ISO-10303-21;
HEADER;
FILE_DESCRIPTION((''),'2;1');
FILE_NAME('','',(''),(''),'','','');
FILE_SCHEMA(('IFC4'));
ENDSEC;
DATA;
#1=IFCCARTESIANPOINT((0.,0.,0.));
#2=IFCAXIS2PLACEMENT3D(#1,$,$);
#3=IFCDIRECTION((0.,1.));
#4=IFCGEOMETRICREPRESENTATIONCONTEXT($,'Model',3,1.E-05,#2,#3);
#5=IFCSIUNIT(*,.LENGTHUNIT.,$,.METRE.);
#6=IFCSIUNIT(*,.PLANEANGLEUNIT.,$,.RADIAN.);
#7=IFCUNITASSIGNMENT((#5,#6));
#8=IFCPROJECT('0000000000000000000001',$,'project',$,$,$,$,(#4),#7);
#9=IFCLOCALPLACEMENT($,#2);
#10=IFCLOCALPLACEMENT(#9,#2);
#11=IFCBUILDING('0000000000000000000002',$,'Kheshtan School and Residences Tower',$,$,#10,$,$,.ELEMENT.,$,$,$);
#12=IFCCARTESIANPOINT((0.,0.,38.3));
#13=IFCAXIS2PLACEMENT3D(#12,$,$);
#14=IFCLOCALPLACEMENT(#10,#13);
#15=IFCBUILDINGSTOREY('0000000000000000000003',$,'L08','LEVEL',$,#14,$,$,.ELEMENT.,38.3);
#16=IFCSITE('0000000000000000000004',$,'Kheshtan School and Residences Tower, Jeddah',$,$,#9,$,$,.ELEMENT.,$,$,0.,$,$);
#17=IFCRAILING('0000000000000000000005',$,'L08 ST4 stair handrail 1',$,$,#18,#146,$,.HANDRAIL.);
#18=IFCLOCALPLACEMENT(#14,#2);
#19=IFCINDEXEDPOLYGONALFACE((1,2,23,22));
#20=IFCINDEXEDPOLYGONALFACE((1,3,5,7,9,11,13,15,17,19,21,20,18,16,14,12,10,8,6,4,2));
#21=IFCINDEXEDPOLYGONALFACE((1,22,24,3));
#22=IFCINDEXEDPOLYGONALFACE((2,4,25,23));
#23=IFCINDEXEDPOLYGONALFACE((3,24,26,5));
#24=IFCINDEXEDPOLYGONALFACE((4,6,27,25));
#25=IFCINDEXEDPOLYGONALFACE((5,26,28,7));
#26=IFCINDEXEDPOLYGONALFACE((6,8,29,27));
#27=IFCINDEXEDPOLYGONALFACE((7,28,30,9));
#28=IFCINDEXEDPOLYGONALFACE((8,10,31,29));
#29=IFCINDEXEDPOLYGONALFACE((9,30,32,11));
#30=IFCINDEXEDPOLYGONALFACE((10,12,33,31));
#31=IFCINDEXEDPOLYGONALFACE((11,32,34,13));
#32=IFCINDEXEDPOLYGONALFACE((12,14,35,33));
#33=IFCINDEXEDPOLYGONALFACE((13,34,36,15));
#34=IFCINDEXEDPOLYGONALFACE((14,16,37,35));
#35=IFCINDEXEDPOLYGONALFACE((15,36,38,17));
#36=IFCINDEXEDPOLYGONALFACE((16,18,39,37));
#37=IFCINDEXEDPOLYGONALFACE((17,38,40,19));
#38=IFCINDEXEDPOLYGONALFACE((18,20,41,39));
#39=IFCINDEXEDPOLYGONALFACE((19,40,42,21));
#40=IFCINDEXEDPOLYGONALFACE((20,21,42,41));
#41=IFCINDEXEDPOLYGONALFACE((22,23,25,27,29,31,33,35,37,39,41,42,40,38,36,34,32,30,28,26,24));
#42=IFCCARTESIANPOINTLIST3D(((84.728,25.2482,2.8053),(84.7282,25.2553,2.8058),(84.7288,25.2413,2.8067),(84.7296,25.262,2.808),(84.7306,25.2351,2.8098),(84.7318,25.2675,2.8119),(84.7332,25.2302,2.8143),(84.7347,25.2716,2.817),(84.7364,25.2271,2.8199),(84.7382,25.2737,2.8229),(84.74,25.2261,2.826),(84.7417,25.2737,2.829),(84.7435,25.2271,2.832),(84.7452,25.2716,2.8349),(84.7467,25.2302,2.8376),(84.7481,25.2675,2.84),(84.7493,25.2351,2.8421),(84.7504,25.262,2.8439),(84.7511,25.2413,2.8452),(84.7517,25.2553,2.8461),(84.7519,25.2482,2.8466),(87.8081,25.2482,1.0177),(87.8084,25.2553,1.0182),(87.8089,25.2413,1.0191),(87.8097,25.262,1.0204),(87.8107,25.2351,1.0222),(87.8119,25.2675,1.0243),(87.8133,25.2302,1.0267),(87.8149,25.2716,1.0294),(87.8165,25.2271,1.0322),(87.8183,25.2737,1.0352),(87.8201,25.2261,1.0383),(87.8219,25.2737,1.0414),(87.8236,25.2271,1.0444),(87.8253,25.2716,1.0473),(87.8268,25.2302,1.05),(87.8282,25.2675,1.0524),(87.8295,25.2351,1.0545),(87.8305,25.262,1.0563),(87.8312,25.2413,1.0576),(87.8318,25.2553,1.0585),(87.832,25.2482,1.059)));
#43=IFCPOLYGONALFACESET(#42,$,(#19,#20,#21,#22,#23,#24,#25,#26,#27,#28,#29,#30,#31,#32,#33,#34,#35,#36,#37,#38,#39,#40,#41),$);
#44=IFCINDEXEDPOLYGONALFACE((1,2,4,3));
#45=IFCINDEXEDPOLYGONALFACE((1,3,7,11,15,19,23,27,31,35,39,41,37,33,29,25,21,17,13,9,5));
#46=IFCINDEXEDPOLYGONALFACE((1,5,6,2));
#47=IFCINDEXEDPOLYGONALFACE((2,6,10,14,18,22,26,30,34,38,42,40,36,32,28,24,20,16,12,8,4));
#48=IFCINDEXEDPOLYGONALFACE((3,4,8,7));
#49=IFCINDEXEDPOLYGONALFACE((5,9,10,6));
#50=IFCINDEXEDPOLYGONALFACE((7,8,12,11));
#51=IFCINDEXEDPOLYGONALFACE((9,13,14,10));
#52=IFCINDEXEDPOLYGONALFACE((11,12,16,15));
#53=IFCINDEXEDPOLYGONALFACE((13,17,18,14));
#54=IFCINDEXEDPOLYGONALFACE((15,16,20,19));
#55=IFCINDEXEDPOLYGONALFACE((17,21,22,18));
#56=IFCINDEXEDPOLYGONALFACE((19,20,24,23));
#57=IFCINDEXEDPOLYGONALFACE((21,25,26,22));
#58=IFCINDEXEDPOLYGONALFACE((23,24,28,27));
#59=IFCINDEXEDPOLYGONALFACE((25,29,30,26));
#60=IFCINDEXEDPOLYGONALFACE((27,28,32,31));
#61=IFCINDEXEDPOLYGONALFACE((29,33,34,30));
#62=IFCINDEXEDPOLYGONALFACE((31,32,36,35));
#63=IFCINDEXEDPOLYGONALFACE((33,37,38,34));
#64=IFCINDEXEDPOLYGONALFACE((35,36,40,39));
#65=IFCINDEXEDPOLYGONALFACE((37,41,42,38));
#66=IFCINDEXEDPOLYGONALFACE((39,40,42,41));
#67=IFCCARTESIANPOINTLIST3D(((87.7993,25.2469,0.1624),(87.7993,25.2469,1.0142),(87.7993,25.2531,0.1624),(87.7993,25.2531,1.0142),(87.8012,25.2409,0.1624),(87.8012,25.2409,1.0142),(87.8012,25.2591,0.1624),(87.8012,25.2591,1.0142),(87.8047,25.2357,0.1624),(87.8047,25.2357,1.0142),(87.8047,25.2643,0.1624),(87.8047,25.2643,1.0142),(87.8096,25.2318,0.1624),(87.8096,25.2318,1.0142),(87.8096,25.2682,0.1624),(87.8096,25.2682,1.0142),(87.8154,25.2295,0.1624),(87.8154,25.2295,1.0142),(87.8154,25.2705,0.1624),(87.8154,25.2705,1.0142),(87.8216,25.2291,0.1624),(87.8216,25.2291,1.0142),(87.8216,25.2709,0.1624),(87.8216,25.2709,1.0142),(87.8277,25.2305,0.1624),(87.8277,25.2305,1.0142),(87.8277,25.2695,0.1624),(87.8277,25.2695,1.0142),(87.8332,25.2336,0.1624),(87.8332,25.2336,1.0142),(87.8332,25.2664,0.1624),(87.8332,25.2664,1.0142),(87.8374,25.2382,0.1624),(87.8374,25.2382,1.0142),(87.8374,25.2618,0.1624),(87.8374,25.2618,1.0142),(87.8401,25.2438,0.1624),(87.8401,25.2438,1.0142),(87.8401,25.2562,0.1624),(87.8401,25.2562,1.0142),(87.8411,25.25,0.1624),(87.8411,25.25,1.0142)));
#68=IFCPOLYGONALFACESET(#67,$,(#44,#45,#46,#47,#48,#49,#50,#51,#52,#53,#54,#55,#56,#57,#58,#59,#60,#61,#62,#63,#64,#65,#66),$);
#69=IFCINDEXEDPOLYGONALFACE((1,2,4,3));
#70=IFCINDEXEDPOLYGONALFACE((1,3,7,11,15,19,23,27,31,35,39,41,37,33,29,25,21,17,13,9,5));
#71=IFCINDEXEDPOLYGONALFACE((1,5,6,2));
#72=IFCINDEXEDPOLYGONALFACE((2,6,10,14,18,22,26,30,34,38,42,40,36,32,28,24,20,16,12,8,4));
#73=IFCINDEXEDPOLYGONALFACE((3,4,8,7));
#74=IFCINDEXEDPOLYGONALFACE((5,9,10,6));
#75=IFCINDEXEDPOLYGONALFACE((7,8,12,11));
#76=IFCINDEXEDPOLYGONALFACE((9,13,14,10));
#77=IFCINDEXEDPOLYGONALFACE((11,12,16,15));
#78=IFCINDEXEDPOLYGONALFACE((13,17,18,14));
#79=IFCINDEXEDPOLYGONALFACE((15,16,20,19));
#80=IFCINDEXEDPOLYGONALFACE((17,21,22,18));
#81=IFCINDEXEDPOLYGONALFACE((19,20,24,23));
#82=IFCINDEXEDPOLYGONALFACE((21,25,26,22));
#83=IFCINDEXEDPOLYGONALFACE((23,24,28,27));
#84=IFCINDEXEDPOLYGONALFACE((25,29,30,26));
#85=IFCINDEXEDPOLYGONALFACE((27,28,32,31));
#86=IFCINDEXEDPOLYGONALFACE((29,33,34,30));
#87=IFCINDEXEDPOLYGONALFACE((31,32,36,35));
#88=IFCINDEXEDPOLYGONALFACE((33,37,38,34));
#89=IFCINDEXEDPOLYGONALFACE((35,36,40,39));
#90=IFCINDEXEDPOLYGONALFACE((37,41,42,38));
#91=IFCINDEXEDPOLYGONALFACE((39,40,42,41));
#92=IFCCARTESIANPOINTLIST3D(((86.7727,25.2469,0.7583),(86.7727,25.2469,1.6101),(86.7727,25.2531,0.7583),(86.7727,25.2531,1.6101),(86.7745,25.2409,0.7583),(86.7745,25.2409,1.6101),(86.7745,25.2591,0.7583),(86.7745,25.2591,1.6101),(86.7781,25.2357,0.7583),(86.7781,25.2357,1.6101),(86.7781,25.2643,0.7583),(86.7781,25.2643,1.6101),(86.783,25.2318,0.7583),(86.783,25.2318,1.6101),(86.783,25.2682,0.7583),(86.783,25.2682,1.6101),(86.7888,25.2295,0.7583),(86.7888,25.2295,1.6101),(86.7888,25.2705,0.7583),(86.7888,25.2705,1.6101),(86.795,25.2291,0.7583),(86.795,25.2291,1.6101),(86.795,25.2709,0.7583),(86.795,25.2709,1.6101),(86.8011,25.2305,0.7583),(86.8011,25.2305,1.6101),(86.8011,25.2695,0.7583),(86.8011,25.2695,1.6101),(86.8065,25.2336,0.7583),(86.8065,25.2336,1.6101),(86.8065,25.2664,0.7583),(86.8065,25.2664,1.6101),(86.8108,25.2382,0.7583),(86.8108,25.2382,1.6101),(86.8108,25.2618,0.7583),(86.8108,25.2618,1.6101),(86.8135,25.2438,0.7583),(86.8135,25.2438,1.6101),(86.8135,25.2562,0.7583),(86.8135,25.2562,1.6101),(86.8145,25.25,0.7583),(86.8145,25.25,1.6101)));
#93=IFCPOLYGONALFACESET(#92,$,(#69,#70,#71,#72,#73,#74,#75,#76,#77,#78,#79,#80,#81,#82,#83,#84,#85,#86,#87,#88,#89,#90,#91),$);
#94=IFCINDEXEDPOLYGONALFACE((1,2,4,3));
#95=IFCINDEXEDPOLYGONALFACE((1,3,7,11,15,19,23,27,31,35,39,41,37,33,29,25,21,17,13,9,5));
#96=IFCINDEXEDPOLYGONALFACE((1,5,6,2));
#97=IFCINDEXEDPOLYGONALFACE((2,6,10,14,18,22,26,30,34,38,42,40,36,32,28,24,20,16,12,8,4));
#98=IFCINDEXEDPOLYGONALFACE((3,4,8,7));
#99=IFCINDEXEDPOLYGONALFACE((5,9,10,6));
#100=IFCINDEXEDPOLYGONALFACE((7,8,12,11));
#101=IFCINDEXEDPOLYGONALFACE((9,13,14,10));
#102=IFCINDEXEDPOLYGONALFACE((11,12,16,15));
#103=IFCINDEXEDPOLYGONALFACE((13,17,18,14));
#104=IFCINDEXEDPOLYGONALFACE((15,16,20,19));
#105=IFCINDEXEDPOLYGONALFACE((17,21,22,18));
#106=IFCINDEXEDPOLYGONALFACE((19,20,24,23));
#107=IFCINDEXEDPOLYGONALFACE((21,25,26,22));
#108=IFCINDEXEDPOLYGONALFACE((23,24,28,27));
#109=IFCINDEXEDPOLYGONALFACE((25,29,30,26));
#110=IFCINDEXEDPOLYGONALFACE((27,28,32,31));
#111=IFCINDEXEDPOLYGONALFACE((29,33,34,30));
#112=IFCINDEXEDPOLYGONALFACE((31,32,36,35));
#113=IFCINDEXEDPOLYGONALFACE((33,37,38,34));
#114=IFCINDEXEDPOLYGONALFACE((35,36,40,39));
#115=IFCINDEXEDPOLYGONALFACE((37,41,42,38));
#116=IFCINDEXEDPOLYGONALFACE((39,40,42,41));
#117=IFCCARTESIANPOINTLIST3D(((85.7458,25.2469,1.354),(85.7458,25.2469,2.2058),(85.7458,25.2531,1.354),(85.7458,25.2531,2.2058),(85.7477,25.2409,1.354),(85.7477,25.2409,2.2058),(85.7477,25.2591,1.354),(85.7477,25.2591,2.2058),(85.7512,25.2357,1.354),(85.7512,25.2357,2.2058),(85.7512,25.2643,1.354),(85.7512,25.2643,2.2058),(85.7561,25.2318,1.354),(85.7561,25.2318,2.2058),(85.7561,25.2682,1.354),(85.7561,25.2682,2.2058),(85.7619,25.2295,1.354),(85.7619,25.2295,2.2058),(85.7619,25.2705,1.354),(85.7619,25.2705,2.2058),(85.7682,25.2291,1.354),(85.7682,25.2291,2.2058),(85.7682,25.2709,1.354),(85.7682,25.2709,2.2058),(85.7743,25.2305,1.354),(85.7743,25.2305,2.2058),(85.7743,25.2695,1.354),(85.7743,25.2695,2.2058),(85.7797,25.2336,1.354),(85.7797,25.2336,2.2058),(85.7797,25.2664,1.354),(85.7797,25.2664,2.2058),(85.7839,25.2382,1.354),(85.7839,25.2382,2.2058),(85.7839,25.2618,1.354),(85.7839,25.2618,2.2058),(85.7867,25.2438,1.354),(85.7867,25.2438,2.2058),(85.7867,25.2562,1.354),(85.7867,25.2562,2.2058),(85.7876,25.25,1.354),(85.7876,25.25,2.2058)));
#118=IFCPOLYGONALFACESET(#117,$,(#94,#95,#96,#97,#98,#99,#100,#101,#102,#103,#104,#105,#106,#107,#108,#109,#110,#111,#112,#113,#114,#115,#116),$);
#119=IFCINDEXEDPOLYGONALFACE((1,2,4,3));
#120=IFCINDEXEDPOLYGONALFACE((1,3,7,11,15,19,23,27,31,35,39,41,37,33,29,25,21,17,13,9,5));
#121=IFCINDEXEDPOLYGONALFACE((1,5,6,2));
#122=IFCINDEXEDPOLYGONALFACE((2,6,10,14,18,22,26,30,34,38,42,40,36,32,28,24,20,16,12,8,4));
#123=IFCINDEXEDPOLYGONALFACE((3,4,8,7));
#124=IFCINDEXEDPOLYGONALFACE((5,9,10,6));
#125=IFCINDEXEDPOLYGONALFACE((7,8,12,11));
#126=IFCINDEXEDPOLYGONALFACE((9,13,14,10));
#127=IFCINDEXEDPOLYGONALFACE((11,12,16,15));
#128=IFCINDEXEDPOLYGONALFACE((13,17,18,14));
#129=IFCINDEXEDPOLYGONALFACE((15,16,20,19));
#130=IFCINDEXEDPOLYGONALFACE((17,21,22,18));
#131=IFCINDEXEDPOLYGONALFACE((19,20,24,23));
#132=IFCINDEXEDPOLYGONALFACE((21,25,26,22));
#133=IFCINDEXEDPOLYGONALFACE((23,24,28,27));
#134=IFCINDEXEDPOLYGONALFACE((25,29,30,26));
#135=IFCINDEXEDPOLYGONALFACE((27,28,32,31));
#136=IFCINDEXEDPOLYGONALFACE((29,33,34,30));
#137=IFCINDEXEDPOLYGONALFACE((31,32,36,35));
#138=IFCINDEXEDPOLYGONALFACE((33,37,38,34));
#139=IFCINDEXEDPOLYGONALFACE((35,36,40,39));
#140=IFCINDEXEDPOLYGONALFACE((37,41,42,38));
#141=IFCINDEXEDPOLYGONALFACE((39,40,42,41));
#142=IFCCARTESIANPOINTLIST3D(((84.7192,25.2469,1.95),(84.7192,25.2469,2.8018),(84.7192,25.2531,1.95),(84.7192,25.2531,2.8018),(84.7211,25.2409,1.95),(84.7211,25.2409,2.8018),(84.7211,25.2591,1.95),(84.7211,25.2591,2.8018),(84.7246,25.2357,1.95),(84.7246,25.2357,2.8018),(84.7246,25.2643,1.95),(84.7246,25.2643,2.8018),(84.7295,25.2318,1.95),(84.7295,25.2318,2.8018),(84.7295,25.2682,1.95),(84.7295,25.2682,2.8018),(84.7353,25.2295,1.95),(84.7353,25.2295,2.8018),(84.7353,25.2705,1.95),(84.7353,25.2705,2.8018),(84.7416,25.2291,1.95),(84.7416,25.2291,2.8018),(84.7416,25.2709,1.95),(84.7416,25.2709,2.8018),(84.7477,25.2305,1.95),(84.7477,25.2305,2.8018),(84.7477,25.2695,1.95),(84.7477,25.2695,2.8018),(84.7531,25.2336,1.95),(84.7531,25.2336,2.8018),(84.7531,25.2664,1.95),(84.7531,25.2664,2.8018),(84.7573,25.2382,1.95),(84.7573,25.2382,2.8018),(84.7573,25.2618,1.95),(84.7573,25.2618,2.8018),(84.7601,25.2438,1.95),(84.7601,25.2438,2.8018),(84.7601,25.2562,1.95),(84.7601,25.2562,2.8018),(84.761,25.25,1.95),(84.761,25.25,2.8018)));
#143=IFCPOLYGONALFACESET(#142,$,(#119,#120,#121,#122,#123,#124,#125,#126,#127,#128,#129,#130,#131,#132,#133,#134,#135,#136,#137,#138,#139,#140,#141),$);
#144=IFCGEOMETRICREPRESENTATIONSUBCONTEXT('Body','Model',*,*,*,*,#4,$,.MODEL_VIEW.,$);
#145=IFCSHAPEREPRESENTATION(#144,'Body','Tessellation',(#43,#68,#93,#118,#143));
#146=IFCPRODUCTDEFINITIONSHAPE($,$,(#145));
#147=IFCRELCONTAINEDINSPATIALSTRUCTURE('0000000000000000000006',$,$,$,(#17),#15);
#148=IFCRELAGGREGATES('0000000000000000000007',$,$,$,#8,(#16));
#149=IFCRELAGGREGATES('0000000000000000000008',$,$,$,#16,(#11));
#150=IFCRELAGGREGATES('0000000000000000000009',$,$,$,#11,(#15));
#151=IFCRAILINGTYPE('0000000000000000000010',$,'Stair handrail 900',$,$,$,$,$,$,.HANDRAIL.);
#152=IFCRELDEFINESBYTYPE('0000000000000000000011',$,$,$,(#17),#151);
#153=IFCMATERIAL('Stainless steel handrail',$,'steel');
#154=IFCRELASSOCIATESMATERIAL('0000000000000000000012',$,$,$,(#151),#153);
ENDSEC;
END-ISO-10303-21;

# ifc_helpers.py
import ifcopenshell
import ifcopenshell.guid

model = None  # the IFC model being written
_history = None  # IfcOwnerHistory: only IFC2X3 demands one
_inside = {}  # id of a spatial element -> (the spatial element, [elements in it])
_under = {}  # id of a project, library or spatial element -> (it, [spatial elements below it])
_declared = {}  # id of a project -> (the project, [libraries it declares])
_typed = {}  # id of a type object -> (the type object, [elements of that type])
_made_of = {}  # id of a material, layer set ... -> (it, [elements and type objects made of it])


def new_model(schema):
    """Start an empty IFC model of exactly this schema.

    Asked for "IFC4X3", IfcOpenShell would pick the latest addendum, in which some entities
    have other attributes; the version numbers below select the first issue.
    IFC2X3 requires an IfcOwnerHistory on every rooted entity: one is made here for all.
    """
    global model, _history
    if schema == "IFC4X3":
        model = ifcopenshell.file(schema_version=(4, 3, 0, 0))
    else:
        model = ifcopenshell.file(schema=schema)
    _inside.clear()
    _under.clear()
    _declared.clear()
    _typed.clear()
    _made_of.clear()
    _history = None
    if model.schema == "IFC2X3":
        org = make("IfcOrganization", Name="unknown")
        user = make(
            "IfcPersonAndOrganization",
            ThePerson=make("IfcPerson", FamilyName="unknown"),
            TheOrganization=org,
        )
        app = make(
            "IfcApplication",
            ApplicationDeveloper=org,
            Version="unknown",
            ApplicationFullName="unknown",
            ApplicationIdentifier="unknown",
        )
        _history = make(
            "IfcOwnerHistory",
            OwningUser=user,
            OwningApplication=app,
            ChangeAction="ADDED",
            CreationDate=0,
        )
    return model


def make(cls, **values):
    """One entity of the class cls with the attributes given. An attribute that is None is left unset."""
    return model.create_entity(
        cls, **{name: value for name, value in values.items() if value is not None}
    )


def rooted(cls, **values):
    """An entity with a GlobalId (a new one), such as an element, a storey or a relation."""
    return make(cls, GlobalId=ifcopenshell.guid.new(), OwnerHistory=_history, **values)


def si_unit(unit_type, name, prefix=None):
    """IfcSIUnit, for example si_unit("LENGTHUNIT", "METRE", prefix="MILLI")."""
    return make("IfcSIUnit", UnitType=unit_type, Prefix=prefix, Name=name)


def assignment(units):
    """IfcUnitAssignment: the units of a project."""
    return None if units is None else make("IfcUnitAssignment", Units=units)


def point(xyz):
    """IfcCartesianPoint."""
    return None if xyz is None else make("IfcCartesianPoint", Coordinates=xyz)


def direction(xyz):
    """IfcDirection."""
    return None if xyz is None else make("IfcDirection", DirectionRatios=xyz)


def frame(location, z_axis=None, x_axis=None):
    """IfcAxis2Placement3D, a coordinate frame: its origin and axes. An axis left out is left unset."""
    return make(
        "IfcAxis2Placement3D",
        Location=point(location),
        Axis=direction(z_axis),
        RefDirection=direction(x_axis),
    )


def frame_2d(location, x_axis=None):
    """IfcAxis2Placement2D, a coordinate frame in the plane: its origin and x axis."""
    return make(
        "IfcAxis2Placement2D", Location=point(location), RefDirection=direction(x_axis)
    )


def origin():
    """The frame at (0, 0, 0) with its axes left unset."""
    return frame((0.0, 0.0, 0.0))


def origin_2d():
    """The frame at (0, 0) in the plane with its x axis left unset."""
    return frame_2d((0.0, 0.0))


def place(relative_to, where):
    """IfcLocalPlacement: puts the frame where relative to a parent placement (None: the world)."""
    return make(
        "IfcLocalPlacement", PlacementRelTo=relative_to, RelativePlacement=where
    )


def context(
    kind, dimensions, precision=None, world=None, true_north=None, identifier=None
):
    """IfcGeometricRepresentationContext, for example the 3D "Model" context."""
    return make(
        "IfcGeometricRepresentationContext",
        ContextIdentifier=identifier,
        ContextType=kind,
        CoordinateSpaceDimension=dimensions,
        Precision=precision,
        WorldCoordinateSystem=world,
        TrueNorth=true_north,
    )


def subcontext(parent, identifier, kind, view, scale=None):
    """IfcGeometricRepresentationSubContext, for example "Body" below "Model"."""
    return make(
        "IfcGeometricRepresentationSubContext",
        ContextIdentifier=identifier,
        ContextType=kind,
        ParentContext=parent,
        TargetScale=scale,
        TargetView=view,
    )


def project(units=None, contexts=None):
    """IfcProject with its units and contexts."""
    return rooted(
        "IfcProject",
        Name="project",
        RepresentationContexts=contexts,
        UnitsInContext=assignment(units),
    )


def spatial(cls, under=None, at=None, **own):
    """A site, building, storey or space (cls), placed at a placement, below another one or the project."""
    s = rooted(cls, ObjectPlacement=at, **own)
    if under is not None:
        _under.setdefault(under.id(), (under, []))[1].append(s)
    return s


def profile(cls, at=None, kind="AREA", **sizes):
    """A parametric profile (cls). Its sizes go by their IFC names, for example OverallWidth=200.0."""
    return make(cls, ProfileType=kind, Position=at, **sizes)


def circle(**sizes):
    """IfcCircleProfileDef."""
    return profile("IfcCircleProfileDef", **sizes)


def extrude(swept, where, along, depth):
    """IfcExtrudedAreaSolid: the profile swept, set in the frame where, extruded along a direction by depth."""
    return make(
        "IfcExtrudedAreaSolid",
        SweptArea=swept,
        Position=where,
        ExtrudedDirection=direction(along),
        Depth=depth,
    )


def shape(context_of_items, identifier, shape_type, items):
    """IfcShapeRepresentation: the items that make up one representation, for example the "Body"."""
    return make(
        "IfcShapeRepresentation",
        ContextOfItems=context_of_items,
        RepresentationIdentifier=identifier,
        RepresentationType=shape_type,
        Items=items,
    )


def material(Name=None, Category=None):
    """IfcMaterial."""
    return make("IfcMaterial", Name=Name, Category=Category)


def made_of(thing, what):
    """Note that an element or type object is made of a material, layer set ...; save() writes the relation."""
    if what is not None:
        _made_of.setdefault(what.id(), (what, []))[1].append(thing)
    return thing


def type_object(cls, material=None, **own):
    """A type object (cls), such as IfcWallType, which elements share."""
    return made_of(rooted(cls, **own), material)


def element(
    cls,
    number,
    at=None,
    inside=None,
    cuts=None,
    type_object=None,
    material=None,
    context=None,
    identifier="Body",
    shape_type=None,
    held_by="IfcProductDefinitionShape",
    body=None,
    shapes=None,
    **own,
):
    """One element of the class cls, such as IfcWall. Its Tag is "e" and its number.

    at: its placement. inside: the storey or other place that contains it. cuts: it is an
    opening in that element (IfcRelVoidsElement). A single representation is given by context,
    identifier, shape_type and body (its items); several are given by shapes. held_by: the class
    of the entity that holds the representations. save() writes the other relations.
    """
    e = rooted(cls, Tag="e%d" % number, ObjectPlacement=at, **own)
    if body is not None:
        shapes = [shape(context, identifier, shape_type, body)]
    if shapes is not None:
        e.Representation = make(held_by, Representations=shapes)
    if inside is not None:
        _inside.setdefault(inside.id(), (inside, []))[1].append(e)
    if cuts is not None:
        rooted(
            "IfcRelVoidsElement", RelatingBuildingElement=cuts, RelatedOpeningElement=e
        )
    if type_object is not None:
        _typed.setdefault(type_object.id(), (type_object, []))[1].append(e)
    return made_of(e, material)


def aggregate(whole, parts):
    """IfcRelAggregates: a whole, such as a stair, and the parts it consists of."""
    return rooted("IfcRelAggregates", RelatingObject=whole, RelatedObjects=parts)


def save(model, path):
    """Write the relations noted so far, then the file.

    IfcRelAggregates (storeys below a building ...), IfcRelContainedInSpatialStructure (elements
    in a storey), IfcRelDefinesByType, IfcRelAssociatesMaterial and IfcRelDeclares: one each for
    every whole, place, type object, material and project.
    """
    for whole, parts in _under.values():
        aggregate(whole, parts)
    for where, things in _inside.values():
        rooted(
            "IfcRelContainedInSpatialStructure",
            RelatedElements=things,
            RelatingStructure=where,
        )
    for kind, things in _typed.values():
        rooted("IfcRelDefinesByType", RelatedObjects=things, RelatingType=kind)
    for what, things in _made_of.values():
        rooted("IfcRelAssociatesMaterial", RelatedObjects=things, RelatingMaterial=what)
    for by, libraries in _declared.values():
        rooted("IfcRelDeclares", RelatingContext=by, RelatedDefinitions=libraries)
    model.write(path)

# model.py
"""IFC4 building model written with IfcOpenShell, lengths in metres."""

from ifc_helpers import new_model, si_unit, direction, frame, origin, origin_2d, place, context, subcontext, project, spatial, circle, extrude, material, type_object, element, save


model = new_model("IFC4")

# Units and contexts
model_context = context("Model", 3, precision=1e-05, world=origin(), true_north=direction((0.0, 1.0)))
body_context = subcontext(model_context, "Body", "Model", "MODEL_VIEW")
ifc_project = project(units=[si_unit("LENGTHUNIT", "METRE"), si_unit("PLANEANGLEUNIT", "RADIAN")], contexts=[model_context])

# Site, building, storey
site_placement = place(None, origin())
site = spatial("IfcSite", under=ifc_project, at=site_placement, Name="Kheshtan School and Residences Tower, Jeddah", CompositionType="ELEMENT", RefElevation=0.0)
building_placement = place(site_placement, origin())
building = spatial("IfcBuilding", under=site, at=building_placement, Name="Kheshtan School and Residences Tower", CompositionType="ELEMENT")
storey_placement = place(building_placement, frame((0.0, 0.0, 38.3)))
storey = spatial("IfcBuildingStorey", under=building, at=storey_placement, Name="L08", Description="LEVEL", CompositionType="ELEMENT", Elevation=38.3)

# Railing
ifc_material_1 = material(Name="Stainless steel handrail", Category="steel")
railing_type_1 = type_object("IfcRailingType", Name="Stair handrail 900", PredefinedType="HANDRAIL", material=ifc_material_1)
railing_1_placement = place(storey_placement, frame((87.8201, 25.25, 0.1624)))
element("IfcRailing", 1, at=railing_1_placement, inside=storey, type_object=railing_type_1, Name="L08 ST4 stair handrail 1", PredefinedType="HANDRAIL", context=body_context, shape_type="SweptSolid", body=[
    extrude(circle(Radius=0.0239, at=origin_2d()), frame((0.0, 0.0, 0.876), z_axis=(-0.864891, 0.0, 0.50196), x_axis=(0.0, -1.0, 0.0)), (0.0, 0.0, 1.0), 3.5613),
    extrude(circle(Radius=0.021, at=origin_2d()), origin(), (0.0, 0.0, 1.0), 0.8518),
    extrude(circle(Radius=0.021, at=origin_2d()), frame((-1.0266, 0.0, 0.5959)), (0.0, 0.0, 1.0), 0.8518),
    extrude(circle(Radius=0.021, at=origin_2d()), frame((-2.0535, 0.0, 1.1917)), (0.0, 0.0, 1.0), 0.8518),
    extrude(circle(Radius=0.021, at=origin_2d()), frame((-3.0801, 0.0, 1.7876)), (0.0, 0.0, 1.0), 0.8518),
])

save(model, "model.ifc")
